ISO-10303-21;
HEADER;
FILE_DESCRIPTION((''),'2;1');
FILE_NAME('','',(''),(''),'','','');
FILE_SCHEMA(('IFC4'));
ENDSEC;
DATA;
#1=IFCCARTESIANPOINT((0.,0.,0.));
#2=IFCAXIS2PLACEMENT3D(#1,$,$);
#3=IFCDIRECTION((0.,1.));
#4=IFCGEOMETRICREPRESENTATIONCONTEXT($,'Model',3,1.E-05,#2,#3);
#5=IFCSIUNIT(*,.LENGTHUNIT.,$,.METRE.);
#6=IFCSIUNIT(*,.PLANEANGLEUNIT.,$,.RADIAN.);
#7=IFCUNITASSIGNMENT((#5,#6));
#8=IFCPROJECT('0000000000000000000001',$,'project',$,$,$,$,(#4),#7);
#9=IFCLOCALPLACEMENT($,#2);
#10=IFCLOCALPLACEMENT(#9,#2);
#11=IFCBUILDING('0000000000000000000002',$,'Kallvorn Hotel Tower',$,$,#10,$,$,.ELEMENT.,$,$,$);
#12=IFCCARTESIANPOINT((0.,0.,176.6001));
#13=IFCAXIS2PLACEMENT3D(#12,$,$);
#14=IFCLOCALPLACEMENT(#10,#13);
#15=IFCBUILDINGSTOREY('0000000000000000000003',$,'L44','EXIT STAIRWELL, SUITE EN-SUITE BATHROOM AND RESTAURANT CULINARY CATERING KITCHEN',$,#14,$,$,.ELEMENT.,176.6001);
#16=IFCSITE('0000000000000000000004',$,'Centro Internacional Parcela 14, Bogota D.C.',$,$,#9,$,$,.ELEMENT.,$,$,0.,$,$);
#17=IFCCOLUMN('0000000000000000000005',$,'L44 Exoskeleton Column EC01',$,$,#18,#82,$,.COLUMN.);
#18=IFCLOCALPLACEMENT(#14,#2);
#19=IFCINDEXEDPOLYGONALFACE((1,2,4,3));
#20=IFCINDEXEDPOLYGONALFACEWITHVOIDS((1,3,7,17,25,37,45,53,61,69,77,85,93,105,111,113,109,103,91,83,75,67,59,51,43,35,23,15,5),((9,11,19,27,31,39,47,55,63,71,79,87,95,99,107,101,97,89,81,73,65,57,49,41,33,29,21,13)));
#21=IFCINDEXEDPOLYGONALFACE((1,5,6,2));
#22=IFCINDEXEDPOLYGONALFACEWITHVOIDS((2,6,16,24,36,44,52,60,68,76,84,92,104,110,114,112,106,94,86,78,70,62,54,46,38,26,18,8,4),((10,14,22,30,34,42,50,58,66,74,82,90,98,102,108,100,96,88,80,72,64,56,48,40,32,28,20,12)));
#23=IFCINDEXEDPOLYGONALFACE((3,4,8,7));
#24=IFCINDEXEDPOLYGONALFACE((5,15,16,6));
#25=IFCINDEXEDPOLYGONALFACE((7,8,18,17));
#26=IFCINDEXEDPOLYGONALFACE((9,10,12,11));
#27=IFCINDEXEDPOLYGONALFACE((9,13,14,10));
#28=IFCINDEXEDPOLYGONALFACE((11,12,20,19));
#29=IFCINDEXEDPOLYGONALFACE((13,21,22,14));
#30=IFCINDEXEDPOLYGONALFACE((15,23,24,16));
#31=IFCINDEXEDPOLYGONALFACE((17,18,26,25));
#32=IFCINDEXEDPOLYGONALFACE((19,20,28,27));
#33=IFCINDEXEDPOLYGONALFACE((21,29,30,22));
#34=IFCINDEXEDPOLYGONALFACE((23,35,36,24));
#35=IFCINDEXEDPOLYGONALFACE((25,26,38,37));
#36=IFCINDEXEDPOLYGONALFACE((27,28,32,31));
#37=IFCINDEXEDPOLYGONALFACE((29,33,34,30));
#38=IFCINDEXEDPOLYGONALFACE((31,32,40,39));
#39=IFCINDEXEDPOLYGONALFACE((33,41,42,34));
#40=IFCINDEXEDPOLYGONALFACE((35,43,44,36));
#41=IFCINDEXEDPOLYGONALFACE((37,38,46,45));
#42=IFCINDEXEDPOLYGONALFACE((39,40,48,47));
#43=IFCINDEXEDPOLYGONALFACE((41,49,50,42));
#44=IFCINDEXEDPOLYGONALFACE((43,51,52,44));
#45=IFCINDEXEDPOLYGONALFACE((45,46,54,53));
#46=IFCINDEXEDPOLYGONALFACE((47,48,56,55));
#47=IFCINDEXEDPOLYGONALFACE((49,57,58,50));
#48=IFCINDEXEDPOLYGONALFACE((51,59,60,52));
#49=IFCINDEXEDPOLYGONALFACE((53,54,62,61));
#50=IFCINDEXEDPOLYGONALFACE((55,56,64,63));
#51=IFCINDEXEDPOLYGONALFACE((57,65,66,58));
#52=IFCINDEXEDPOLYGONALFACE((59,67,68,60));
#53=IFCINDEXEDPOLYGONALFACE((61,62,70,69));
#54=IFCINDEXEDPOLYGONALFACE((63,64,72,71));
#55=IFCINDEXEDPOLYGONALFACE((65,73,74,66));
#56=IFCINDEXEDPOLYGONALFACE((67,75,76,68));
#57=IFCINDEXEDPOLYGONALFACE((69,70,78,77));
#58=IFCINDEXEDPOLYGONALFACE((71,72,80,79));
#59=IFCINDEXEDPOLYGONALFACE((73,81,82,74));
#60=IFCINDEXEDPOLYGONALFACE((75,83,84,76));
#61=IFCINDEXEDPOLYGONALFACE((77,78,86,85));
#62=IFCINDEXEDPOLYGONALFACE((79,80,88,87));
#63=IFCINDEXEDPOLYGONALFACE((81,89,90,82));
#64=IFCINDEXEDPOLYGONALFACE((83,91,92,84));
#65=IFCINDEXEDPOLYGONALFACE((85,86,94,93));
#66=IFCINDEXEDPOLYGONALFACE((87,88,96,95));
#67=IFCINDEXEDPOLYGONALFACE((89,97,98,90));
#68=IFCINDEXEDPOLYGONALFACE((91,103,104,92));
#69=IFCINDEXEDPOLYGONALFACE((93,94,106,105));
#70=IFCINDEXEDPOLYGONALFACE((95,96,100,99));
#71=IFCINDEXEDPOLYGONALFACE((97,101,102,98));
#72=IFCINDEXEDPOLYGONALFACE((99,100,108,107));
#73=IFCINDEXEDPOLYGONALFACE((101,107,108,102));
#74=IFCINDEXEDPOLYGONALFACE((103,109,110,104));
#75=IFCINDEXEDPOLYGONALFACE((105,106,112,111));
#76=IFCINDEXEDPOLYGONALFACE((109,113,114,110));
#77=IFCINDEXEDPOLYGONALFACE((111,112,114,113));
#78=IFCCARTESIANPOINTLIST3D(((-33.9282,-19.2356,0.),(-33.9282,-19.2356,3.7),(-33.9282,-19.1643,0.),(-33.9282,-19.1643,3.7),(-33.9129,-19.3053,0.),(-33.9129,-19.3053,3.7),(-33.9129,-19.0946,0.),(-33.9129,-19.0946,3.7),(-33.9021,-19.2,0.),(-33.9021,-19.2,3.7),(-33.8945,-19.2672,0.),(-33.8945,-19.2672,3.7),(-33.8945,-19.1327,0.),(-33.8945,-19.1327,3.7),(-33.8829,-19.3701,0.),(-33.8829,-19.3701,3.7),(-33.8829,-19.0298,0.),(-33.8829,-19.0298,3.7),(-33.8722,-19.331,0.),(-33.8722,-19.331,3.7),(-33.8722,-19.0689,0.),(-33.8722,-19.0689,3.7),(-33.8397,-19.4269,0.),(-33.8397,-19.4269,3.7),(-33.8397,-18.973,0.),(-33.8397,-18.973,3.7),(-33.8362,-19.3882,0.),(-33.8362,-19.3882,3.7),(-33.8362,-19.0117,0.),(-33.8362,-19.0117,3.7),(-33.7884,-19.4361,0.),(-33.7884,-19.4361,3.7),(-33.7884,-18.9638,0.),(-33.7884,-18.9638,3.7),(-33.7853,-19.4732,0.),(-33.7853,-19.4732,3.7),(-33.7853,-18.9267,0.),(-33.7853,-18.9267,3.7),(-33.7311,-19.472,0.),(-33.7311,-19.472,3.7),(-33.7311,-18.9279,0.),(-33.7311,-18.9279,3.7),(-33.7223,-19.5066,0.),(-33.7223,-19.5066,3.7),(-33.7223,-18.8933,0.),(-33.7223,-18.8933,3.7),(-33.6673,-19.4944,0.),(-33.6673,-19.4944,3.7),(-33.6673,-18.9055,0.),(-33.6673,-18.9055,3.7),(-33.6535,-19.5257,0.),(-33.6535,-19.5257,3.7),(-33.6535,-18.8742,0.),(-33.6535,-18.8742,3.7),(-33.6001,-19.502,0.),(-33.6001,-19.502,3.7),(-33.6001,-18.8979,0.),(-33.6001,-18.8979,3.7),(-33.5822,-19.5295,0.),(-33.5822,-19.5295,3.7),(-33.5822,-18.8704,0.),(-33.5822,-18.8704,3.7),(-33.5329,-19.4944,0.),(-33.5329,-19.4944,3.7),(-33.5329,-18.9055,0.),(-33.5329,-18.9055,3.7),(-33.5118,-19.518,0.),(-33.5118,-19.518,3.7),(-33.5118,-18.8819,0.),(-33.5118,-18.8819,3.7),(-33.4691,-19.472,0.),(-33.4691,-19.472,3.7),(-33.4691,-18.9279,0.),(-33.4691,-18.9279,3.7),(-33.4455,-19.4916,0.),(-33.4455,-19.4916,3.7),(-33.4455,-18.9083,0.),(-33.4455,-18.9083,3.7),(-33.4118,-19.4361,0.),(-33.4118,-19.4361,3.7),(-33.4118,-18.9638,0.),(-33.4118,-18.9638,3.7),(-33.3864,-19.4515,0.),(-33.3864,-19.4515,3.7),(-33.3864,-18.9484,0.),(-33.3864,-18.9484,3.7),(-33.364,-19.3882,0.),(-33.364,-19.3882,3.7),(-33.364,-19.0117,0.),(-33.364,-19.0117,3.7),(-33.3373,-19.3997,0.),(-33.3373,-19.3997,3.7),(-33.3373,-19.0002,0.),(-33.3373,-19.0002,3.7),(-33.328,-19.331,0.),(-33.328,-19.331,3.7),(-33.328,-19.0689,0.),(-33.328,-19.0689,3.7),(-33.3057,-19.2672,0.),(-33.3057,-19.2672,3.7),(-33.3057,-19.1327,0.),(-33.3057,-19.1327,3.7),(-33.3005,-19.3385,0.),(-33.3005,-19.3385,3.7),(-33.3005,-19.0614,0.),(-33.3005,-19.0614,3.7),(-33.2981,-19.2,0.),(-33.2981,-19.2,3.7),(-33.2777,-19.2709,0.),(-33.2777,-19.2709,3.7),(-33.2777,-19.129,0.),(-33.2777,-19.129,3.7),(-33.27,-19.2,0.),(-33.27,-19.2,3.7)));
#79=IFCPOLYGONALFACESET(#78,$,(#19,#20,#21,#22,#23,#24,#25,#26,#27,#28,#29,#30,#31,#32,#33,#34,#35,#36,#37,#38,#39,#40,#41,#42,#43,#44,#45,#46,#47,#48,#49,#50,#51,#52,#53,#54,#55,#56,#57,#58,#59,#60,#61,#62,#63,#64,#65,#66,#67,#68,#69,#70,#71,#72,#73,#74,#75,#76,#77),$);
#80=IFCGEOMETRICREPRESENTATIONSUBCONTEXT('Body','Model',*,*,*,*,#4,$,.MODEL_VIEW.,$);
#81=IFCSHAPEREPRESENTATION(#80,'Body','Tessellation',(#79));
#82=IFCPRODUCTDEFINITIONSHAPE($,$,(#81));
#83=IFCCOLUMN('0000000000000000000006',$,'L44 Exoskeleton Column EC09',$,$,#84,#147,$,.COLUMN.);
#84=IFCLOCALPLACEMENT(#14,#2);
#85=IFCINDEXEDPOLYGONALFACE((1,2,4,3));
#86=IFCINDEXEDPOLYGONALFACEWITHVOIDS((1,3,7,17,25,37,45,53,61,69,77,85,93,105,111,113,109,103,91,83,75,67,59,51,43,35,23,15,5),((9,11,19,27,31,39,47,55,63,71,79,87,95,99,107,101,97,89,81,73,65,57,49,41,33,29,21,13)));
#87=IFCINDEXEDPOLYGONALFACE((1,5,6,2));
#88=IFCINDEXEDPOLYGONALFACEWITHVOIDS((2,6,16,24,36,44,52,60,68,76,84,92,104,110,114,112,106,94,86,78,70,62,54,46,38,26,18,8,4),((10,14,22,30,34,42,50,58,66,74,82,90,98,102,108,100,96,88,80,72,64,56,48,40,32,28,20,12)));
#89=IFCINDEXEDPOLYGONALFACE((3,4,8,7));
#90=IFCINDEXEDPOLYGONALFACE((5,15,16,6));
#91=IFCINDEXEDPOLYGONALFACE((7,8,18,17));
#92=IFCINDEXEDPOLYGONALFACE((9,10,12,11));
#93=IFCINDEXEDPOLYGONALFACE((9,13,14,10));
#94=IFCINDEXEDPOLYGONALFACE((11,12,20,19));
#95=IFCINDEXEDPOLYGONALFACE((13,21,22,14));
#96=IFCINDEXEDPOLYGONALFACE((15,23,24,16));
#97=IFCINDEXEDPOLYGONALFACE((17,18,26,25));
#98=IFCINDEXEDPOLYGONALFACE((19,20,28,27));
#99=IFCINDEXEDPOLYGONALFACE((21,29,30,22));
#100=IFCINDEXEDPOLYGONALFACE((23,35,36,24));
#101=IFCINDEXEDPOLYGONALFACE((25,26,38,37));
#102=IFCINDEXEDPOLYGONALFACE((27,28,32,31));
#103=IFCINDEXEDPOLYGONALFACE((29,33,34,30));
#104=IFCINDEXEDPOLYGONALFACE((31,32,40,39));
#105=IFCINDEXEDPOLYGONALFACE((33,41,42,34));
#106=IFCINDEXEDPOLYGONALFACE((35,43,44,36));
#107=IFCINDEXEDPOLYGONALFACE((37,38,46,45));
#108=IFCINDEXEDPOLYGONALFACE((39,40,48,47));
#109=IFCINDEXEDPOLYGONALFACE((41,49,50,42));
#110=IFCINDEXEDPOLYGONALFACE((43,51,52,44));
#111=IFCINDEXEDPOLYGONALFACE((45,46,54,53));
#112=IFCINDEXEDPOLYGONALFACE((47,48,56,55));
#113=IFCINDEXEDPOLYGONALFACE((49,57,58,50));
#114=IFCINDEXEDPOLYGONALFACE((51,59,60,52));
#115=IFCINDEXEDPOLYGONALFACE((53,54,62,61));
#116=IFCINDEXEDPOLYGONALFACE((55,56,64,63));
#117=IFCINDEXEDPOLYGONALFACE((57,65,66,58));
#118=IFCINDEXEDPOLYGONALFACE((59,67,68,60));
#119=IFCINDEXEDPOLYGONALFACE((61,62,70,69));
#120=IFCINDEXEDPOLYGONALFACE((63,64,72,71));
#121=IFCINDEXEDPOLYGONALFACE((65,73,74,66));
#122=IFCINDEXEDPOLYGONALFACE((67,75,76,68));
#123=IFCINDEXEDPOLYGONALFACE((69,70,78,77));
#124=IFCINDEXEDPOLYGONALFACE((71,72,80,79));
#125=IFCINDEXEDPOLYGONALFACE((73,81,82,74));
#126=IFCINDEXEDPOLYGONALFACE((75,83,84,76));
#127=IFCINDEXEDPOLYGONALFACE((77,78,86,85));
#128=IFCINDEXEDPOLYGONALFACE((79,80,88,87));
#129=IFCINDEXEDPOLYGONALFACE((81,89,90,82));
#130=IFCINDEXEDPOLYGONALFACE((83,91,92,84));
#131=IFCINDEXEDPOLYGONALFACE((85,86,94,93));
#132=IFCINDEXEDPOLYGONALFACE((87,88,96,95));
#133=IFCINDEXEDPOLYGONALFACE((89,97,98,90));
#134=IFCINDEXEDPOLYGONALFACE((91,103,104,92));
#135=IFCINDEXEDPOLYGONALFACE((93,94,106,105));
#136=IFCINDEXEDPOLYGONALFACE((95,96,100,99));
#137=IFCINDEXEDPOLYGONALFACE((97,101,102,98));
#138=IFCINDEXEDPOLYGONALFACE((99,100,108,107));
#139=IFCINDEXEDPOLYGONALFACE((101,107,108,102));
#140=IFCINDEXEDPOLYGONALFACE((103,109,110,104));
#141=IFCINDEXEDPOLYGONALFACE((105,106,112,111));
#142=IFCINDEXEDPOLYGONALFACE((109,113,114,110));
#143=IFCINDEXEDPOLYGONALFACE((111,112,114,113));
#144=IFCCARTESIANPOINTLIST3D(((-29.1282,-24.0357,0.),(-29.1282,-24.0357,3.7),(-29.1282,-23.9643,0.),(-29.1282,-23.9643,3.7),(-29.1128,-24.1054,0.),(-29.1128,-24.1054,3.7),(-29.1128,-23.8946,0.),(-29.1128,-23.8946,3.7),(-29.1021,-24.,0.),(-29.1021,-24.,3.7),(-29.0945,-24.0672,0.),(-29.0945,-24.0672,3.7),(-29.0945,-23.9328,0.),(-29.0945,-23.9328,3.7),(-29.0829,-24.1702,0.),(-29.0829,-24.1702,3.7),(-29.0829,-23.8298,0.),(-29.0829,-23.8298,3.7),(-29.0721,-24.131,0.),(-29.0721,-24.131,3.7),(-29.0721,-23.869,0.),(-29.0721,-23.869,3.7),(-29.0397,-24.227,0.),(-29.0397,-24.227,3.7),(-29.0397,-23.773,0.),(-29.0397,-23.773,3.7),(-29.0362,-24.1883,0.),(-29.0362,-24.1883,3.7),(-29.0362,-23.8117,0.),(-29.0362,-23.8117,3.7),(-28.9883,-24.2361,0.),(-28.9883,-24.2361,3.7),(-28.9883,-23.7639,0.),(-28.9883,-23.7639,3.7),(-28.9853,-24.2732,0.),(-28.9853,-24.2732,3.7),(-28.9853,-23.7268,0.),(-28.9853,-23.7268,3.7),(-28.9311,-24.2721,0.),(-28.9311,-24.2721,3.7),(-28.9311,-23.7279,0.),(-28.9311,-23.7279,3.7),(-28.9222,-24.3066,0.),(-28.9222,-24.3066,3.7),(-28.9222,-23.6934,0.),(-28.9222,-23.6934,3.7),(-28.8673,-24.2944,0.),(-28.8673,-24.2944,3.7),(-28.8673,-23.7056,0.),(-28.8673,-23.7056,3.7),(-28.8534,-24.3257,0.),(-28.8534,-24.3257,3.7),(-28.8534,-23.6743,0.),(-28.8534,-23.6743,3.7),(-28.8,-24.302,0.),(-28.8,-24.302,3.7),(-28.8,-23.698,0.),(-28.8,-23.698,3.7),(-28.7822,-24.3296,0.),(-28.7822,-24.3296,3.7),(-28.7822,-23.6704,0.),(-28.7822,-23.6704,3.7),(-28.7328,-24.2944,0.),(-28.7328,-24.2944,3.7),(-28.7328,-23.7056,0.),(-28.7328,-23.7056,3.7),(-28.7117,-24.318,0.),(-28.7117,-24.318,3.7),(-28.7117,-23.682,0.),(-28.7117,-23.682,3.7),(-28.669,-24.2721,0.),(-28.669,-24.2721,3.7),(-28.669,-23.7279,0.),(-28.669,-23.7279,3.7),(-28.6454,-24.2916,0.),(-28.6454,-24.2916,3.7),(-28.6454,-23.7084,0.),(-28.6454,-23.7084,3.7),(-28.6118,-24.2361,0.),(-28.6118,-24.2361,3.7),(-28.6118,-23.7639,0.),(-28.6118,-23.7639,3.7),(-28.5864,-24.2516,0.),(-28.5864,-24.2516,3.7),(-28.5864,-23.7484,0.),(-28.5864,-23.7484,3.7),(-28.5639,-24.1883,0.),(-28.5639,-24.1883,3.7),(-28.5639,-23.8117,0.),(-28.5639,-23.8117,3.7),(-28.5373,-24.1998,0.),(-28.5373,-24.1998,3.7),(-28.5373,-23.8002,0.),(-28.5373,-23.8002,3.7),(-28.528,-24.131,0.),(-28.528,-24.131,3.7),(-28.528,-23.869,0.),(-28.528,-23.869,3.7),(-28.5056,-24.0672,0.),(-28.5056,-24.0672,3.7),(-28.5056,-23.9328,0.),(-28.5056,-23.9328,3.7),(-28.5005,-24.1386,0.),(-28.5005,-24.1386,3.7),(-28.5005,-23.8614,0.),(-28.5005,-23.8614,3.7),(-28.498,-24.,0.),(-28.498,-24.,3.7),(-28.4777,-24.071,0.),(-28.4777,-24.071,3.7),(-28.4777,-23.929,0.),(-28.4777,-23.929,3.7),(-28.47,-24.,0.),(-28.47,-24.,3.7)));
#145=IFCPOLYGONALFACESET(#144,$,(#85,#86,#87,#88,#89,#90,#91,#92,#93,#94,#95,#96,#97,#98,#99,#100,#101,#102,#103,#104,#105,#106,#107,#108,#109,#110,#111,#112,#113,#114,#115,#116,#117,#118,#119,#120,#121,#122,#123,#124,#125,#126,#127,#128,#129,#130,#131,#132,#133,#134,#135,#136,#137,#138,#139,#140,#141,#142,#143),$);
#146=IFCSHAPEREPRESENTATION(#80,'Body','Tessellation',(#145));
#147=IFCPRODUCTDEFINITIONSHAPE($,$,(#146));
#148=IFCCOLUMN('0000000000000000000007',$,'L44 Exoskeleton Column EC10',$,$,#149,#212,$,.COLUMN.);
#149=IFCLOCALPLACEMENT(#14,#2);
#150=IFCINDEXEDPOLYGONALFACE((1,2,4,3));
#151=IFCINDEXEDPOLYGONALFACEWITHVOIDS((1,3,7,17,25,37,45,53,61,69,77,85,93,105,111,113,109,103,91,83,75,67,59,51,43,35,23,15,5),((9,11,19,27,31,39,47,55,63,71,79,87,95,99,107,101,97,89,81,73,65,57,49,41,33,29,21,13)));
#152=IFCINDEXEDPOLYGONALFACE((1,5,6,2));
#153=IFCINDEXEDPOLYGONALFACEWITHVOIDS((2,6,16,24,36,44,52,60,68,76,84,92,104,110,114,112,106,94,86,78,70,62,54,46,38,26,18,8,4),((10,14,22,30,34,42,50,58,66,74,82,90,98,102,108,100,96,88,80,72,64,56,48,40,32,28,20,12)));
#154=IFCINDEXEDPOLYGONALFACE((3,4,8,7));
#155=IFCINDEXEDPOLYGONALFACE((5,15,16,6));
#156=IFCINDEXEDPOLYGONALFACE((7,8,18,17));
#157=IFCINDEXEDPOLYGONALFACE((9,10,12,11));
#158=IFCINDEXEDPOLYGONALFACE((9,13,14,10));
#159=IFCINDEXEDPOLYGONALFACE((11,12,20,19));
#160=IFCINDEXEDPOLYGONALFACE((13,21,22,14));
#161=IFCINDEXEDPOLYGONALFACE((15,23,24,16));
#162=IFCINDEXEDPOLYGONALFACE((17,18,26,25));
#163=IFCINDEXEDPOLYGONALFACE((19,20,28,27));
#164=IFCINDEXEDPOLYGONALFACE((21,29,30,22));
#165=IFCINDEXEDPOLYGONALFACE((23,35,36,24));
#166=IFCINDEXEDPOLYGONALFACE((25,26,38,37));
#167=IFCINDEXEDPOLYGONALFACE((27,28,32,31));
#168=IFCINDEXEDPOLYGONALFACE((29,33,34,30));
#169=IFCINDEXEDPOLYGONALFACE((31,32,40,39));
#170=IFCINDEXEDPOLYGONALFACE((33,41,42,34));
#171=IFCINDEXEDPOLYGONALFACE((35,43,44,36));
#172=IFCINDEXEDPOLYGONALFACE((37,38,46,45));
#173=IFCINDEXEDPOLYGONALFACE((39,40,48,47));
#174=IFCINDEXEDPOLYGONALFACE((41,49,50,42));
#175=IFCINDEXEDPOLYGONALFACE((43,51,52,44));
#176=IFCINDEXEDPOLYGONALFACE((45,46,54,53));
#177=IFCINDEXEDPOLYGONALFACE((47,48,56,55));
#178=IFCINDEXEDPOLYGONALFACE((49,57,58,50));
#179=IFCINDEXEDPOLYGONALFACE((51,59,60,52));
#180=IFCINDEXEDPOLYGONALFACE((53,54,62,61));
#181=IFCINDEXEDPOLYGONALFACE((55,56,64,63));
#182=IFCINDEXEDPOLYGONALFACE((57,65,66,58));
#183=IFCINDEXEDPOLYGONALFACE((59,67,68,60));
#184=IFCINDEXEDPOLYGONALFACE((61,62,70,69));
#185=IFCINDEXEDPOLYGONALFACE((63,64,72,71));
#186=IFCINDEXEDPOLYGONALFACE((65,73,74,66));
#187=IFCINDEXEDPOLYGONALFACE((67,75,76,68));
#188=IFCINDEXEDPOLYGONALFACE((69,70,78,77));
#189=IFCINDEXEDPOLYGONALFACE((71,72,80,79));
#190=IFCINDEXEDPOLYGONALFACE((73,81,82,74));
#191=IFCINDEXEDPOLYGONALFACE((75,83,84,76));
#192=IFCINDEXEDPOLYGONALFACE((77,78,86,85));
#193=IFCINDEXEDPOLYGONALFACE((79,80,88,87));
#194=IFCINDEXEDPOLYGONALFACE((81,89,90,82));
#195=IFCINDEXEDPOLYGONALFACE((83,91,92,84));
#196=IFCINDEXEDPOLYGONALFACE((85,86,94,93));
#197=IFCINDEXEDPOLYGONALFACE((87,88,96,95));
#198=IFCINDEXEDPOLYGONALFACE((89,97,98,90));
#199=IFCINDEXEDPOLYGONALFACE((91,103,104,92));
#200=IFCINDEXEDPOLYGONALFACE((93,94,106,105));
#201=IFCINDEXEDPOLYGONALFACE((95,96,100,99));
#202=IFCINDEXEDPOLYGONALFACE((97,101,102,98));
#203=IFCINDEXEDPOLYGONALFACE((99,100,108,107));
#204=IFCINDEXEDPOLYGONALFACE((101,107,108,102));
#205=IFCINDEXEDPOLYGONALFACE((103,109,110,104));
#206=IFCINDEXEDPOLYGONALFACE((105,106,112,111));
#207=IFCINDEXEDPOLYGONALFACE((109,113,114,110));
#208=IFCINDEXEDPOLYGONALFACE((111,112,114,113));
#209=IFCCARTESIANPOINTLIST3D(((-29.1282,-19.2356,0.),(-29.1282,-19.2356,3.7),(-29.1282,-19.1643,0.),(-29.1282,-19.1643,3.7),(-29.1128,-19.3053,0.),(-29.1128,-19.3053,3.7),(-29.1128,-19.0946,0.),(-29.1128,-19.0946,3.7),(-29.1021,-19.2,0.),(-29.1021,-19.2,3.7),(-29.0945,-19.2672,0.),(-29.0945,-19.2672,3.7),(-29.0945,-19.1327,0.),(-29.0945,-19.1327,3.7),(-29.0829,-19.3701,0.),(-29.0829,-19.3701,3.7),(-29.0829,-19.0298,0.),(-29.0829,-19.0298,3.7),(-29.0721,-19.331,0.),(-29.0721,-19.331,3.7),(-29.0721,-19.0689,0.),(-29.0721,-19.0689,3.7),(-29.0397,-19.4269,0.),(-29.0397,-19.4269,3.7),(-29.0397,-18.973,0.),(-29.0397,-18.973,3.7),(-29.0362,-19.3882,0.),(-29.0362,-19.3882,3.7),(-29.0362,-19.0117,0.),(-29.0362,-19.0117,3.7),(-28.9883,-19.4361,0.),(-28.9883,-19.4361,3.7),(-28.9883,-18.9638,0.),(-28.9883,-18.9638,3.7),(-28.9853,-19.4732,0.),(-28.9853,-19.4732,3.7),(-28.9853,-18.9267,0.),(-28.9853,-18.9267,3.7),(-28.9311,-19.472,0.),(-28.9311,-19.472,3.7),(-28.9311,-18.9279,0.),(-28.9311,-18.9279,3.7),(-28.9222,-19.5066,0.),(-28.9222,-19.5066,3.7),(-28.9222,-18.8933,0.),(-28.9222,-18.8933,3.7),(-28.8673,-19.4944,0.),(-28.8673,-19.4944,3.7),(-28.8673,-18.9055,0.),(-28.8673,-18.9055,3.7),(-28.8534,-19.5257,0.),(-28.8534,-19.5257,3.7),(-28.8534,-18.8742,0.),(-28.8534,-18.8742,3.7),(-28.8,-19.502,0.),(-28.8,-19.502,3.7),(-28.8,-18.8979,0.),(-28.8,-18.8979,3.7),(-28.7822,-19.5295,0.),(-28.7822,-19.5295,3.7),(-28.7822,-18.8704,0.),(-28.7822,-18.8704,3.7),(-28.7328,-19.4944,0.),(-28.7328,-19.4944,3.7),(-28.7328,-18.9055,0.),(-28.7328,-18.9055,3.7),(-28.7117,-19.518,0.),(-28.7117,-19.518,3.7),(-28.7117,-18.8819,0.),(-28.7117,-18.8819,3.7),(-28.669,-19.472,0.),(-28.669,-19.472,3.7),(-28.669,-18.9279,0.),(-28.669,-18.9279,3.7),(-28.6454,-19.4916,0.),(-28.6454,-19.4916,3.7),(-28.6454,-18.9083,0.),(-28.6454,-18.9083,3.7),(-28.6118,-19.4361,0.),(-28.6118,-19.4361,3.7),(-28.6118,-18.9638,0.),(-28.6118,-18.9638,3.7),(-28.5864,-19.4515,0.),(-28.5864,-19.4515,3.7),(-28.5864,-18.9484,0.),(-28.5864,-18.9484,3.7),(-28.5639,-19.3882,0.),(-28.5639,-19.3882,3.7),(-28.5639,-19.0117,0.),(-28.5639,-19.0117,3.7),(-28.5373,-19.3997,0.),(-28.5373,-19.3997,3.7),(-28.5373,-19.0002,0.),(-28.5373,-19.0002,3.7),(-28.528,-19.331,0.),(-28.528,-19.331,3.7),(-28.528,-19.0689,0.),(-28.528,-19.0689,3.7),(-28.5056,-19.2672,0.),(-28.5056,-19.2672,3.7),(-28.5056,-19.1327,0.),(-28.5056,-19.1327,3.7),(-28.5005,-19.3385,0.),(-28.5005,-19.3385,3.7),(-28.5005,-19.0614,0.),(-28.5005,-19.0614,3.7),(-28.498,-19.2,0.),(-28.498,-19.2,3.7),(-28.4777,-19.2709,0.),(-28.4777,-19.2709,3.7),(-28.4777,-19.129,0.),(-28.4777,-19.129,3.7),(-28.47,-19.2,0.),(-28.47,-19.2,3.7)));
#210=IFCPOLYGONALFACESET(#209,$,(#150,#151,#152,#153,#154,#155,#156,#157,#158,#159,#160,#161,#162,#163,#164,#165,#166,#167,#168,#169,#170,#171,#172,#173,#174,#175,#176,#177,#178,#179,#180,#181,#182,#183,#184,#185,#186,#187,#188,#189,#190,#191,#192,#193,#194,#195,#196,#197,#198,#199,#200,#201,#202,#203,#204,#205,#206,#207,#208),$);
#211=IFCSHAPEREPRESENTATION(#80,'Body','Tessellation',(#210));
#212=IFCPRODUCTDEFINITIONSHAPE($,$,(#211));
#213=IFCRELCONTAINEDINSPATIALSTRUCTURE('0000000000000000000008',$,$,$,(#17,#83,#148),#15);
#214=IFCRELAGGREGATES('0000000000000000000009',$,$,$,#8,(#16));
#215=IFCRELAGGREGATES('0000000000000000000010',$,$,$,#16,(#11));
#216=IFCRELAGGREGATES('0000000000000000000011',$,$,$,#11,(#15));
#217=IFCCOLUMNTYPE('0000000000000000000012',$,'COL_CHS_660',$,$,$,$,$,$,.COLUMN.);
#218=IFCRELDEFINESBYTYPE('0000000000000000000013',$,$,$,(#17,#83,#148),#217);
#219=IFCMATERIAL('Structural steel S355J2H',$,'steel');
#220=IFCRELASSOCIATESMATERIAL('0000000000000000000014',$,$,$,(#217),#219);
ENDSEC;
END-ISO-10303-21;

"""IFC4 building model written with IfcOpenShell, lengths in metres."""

from ifc_helpers import new_model, si_unit, direction, frame, origin, origin_2d, place, context, subcontext, project, spatial, hollow_circle, extrude, material, material_profile, profile_set, type_object, element, save


model = new_model("IFC4")

# Units and contexts
model_context = context("Model", 3, precision=1e-05, world=origin(), true_north=direction((0.0, 1.0)))
body_context = subcontext(model_context, "Body", "Model", "MODEL_VIEW")
ifc_project = project(units=[si_unit("LENGTHUNIT", "METRE"), si_unit("PLANEANGLEUNIT", "RADIAN")], contexts=[model_context])

# Site, building, storey
site_placement = place(None, origin())
site = spatial("IfcSite", under=ifc_project, at=site_placement, Name="Centro Internacional Parcela 14, Bogota D.C.", CompositionType="ELEMENT", RefElevation=0.0)
building_placement = place(site_placement, origin())
building = spatial("IfcBuilding", under=site, at=building_placement, Name="Kallvorn Hotel Tower", CompositionType="ELEMENT")
storey_placement = place(building_placement, frame((0.0, 0.0, 176.6001)))
storey = spatial("IfcBuildingStorey", under=building, at=storey_placement, Name="L44", Description="EXIT STAIRWELL, SUITE EN-SUITE BATHROOM AND RESTAURANT CULINARY CATERING KITCHEN", CompositionType="ELEMENT", Elevation=176.6001)

# Columns
ifc_material_1 = material(Name="Structural steel S355J2H", Category="steel")
ifc_material_profile_1 = material_profile(ifc_material_1, hollow_circle(Radius=0.3301, WallThickness=0.0281, at=origin_2d()), Name="CHS 660x28")
ifc_profile_set_1 = profile_set([ifc_material_profile_1], Name="Structural steel S355J2H")
column_type = type_object("IfcColumnType", Name="COL_CHS_660", PredefinedType="COLUMN", material=ifc_profile_set_1)
for number, where, z_axis, x_axis, name in (
    (1, (-33.6001, -19.2, 0.0), (0.0, 0.0, 1.0), (1.0, 0.0, 0.0), "L44 Exoskeleton Column EC01"),
    (2, (-28.8, -24.0, 0.0), (0.0, 0.0, 1.0), (1.0, 0.0, 0.0), "L44 Exoskeleton Column EC09"),
    (3, (-28.8, -19.2, 0.0), (0.0, 0.0, 1.0), (1.0, 0.0, 0.0), "L44 Exoskeleton Column EC10"),
):
    element("IfcColumn", number, at=place(storey_placement, frame(where, z_axis=z_axis, x_axis=x_axis)), inside=storey, type_object=column_type, Name=name, PredefinedType="COLUMN", context=body_context, shape_type="SweptSolid", body=[
        extrude(hollow_circle(Radius=0.3301, WallThickness=0.0281, at=origin_2d()), origin(), (0.0, 0.0, 1.0), 3.7),
    ])

save(model, "model.ifc")
